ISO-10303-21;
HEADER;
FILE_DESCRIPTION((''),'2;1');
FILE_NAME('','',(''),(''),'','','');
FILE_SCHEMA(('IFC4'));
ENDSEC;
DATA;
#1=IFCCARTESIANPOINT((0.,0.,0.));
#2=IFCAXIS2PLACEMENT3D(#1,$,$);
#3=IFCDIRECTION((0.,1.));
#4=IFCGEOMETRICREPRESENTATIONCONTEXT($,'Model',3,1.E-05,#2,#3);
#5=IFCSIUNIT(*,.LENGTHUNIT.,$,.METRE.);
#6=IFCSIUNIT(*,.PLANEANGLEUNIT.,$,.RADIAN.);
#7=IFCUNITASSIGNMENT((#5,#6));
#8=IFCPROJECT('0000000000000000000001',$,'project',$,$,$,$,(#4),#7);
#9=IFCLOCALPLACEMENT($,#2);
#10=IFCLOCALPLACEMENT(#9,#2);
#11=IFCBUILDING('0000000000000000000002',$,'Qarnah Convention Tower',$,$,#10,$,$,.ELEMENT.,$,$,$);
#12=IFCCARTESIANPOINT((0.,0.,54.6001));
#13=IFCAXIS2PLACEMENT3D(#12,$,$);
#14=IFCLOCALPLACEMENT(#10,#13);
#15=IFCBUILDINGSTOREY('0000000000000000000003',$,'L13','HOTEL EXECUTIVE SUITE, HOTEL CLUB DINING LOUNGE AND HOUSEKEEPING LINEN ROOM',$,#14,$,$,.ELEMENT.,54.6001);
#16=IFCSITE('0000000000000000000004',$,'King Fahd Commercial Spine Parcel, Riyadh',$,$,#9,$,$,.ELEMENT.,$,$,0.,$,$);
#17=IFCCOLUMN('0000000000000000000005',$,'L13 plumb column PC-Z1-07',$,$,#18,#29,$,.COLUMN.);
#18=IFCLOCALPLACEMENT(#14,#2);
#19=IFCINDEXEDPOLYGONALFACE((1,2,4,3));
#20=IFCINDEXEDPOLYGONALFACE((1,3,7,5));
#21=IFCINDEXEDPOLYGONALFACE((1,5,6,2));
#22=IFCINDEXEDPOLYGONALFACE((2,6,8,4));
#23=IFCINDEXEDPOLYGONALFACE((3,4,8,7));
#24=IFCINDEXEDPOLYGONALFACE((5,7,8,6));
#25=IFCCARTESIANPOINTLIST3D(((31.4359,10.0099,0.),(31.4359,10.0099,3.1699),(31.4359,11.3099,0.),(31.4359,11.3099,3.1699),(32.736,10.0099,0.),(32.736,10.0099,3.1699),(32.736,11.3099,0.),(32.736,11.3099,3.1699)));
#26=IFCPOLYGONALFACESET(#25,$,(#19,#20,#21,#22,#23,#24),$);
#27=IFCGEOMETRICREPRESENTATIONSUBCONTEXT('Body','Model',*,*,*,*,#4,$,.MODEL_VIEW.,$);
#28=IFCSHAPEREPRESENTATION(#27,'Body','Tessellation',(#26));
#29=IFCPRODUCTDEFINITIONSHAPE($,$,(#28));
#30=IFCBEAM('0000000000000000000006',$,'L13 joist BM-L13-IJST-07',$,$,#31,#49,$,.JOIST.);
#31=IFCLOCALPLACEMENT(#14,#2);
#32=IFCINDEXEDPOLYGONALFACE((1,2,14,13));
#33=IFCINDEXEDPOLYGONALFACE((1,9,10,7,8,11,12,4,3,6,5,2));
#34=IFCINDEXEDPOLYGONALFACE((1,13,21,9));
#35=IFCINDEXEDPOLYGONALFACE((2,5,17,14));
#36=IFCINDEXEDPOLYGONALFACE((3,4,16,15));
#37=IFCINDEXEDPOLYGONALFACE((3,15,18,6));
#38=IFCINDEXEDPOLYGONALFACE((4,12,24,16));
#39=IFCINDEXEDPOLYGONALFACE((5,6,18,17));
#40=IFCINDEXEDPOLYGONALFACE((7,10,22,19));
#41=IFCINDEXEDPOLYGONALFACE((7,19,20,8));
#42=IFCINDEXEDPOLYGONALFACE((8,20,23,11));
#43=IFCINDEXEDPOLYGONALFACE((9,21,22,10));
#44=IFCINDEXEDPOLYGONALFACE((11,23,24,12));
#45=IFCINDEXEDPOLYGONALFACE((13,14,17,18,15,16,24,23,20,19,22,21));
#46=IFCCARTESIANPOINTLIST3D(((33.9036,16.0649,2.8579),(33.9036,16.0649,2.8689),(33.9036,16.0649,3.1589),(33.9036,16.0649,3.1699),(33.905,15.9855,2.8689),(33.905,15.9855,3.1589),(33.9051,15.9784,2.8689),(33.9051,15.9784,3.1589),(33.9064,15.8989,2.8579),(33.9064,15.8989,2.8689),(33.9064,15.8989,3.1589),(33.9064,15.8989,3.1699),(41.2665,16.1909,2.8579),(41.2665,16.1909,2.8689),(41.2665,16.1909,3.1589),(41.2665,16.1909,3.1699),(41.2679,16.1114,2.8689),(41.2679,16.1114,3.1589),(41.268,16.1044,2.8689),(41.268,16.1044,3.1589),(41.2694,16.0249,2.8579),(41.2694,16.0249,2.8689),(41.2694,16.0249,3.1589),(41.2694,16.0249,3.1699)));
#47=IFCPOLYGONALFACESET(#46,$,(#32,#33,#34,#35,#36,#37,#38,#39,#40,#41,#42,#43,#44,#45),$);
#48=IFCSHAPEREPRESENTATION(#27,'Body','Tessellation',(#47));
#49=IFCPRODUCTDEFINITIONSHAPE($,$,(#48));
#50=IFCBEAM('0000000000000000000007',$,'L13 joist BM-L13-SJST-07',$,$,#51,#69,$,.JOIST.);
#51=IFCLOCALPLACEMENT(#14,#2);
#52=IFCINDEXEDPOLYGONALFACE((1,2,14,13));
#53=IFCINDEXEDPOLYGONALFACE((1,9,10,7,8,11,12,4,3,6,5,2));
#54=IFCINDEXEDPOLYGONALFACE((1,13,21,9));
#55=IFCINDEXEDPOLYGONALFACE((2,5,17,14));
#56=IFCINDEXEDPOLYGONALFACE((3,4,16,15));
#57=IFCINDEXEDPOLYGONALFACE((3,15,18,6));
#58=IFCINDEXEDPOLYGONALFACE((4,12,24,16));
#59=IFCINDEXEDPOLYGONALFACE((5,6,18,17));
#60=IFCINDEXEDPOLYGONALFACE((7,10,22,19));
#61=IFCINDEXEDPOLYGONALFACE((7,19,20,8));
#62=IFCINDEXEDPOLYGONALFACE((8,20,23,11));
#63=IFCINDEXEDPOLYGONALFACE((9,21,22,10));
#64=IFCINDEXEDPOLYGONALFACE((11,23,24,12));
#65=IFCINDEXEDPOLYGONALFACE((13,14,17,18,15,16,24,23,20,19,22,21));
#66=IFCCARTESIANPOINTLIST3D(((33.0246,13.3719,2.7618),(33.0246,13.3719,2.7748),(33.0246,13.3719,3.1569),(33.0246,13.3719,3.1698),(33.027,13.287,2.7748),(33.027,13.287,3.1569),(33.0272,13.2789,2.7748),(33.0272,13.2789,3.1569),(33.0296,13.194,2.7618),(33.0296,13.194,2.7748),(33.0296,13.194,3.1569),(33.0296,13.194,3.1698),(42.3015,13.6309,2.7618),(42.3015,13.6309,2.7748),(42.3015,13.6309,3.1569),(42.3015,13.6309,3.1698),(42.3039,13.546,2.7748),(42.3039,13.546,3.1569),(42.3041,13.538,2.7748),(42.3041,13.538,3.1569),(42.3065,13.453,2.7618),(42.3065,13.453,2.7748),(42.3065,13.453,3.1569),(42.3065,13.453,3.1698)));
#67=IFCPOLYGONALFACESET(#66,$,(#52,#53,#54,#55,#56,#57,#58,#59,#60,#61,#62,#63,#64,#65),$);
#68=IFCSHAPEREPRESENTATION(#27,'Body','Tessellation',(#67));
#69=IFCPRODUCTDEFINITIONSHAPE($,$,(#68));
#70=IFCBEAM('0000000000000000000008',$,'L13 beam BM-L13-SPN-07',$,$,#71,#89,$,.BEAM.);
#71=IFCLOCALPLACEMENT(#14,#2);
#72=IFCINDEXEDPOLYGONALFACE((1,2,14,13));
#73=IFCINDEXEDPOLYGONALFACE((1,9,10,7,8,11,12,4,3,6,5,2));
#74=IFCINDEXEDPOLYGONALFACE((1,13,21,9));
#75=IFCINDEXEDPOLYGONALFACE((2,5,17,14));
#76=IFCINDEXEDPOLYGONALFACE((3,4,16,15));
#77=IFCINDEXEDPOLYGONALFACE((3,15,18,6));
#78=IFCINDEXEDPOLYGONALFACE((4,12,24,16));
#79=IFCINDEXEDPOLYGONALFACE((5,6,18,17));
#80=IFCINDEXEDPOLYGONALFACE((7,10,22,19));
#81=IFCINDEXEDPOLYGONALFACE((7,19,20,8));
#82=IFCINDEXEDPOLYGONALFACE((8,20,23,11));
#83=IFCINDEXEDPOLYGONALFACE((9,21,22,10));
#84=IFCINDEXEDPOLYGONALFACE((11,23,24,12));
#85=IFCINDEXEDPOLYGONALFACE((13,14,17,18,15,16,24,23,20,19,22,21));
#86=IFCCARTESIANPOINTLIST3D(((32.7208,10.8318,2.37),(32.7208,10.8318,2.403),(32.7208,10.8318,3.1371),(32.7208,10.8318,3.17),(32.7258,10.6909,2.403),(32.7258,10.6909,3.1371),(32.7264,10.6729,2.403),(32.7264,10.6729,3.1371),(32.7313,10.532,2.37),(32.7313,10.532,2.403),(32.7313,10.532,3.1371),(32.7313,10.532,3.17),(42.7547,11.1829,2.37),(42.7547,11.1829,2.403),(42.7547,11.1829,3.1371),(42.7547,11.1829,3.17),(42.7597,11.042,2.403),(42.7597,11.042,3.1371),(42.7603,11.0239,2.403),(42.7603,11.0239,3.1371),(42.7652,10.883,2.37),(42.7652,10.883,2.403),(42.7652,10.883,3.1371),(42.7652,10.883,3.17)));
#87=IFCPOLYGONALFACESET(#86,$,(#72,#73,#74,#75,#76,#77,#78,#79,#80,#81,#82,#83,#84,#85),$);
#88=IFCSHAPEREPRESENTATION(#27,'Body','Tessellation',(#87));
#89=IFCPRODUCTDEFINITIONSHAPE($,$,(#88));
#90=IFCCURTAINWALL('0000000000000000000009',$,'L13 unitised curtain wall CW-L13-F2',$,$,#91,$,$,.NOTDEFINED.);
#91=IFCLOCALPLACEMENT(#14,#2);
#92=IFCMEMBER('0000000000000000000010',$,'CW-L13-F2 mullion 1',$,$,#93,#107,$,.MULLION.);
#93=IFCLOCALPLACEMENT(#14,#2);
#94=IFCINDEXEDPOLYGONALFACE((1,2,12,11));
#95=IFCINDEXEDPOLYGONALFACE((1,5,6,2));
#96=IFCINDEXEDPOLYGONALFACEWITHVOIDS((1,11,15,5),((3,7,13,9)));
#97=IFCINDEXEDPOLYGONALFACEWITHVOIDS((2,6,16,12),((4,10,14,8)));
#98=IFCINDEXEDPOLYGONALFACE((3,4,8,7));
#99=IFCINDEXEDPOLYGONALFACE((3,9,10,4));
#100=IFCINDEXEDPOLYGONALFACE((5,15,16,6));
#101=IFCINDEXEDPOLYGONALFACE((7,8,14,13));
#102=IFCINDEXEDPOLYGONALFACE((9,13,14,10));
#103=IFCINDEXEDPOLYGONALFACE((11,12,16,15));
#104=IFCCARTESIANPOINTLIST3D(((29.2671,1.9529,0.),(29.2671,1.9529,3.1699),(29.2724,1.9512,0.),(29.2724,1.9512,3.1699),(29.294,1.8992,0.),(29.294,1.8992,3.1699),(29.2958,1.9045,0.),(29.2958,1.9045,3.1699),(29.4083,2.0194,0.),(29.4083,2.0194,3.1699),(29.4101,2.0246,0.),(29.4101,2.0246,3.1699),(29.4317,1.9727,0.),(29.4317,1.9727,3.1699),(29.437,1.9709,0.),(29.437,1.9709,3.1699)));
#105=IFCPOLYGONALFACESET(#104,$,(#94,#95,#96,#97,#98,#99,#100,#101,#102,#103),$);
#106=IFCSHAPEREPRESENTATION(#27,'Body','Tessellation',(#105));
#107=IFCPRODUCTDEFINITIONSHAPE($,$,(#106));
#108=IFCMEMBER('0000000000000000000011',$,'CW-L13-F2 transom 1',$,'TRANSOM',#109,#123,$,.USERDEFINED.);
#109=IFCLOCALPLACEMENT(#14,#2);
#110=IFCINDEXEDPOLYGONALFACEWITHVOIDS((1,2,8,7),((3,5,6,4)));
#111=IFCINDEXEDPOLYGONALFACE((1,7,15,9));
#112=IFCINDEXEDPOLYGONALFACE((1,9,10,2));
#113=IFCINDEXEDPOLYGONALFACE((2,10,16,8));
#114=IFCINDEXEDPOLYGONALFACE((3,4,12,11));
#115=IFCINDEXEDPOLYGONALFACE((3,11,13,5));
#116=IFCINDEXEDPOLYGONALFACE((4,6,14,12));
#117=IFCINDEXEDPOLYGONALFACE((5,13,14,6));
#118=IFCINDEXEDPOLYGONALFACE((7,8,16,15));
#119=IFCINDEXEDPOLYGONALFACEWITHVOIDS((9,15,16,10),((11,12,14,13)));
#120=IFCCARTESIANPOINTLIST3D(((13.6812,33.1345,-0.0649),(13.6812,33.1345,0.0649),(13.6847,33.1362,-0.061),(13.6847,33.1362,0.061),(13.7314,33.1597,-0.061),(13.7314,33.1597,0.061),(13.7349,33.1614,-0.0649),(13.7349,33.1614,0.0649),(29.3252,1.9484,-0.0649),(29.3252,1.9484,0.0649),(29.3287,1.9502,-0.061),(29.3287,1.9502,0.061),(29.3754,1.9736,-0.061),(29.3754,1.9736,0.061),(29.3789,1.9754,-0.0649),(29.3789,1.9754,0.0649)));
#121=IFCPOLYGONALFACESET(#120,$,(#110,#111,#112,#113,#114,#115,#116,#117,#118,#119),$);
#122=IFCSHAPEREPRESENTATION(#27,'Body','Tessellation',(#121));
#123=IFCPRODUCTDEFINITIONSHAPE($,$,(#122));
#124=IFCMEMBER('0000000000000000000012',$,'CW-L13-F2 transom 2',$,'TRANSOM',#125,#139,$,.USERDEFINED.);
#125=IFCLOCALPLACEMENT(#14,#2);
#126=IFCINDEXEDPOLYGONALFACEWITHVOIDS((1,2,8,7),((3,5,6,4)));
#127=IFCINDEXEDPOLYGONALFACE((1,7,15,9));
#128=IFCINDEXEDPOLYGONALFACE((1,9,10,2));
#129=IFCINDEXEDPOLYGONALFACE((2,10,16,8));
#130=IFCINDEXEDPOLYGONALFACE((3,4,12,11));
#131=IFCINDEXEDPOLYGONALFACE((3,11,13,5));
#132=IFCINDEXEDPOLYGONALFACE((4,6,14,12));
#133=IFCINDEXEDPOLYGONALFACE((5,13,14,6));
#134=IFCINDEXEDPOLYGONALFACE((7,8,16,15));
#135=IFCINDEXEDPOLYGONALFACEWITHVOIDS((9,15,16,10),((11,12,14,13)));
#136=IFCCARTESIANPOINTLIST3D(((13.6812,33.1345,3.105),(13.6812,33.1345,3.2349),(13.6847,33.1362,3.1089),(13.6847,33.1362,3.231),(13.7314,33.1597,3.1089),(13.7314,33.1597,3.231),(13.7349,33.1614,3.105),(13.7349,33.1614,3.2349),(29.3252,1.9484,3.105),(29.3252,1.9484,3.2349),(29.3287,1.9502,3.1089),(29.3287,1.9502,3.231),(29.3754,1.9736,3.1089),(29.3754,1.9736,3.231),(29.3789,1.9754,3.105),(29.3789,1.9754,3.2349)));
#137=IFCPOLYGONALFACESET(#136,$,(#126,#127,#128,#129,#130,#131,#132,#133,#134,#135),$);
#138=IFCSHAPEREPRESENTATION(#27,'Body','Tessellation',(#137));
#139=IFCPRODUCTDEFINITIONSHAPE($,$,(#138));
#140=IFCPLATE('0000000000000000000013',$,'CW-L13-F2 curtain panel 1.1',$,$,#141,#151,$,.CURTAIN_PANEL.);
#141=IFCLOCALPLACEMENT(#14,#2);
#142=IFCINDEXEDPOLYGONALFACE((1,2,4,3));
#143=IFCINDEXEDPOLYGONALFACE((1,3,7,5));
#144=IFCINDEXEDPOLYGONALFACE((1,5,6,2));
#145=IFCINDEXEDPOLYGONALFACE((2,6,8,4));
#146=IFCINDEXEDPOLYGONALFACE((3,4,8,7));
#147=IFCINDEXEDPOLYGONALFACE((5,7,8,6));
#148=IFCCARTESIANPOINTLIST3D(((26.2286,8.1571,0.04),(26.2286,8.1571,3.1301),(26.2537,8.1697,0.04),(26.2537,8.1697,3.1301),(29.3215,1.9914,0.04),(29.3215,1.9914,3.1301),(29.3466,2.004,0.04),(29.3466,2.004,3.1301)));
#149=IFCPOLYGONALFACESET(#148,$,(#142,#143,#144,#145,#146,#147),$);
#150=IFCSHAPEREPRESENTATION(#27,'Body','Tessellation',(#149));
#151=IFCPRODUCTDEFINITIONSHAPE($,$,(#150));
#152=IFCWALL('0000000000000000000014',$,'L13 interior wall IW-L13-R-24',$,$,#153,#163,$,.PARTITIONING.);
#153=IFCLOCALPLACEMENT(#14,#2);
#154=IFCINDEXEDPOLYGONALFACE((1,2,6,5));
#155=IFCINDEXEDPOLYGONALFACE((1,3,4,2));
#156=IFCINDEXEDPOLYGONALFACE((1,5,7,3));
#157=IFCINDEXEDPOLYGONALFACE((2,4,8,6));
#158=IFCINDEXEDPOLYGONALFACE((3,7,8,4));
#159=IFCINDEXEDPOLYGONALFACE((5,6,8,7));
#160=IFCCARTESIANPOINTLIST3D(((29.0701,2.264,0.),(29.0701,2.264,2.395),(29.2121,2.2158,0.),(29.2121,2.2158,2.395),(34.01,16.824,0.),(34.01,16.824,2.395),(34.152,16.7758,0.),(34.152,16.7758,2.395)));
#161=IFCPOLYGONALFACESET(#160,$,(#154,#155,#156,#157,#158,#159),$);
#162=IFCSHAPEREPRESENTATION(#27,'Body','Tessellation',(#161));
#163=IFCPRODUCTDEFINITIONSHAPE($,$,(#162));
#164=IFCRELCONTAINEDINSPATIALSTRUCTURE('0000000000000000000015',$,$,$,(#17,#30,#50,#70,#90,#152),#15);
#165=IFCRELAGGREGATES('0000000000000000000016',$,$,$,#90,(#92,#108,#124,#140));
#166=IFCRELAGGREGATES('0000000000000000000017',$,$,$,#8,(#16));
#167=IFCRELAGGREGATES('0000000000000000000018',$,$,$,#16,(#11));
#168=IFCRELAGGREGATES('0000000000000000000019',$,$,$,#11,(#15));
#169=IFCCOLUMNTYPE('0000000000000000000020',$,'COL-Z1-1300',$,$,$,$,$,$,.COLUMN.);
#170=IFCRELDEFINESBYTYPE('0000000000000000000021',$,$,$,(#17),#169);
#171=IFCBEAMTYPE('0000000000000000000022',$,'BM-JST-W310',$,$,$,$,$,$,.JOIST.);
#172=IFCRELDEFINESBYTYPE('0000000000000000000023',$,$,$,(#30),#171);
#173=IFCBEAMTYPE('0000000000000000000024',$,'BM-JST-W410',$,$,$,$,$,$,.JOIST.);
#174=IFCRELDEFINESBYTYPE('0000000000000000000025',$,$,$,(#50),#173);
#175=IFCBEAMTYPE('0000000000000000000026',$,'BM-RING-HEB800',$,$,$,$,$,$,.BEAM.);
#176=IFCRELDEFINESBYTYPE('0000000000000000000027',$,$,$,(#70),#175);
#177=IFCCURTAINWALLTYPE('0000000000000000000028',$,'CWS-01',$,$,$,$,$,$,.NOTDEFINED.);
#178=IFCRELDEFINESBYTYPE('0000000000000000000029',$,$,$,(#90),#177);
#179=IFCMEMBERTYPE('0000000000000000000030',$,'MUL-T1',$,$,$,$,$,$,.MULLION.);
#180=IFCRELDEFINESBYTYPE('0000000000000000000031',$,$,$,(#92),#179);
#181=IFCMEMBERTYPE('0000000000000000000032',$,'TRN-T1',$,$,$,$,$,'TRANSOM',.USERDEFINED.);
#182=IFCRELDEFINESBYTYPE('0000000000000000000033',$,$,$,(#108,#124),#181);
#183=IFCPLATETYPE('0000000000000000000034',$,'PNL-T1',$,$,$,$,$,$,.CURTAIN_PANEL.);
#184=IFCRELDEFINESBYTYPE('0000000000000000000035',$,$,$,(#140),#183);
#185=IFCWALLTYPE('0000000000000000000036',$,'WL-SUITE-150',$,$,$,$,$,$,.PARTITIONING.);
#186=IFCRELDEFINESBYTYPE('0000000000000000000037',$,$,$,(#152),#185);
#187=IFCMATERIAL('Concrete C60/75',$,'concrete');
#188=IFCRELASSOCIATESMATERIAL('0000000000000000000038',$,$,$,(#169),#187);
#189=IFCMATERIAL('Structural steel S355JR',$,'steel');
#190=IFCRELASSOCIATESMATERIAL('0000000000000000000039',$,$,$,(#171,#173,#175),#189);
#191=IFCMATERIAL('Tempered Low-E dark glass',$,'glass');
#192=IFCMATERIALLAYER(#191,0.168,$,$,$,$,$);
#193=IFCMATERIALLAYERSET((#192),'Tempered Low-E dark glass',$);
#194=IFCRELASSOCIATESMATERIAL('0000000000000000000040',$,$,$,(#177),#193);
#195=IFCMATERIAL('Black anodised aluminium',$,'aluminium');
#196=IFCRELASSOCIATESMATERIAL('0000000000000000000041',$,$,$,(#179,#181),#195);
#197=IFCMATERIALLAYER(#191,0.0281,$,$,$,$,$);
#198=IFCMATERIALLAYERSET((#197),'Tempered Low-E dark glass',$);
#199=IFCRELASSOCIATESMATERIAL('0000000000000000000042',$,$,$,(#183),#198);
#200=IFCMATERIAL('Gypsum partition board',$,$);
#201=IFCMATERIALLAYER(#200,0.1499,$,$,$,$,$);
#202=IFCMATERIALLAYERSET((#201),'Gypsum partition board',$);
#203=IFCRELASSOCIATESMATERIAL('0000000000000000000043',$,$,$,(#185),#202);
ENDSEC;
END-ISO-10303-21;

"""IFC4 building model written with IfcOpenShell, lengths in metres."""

from ifc_helpers import new_model, si_unit, direction, frame, frame_2d, origin, origin_2d, place, context, subcontext, project, spatial, rectangle, hollow_rectangle, i_section, extrude, material, layer, layer_set, material_profile, profile_set, type_object, element, aggregate, save


model = new_model("IFC4")

# Units and contexts
model_context = context("Model", 3, precision=1e-05, world=origin(), true_north=direction((0.0, 1.0)))
body_context = subcontext(model_context, "Body", "Model", "MODEL_VIEW")
ifc_project = project(units=[si_unit("LENGTHUNIT", "METRE"), si_unit("PLANEANGLEUNIT", "RADIAN")], contexts=[model_context])

# Site, building, storey
site_placement = place(None, origin())
site = spatial("IfcSite", under=ifc_project, at=site_placement, Name="King Fahd Commercial Spine Parcel, Riyadh", CompositionType="ELEMENT", RefElevation=0.0)
building_placement = place(site_placement, origin())
building = spatial("IfcBuilding", under=site, at=building_placement, Name="Qarnah Convention Tower", CompositionType="ELEMENT")
storey_placement = place(building_placement, frame((0.0, 0.0, 54.6001)))
storey = spatial("IfcBuildingStorey", under=building, at=storey_placement, Name="L13", Description="HOTEL EXECUTIVE SUITE, HOTEL CLUB DINING LOUNGE AND HOUSEKEEPING LINEN ROOM", CompositionType="ELEMENT", Elevation=54.6001)

# Column
ifc_material_1 = material(Name="Concrete C60/75", Category="concrete")
ifc_material_profile_1 = material_profile(ifc_material_1, rectangle(XDim=1.3, YDim=1.3, at=origin_2d()), Name="RC-COL-1300X1300")
ifc_profile_set_1 = profile_set([ifc_material_profile_1], Name="Concrete C60/75")
column_type = type_object("IfcColumnType", Name="COL-Z1-1300", PredefinedType="COLUMN", material=ifc_profile_set_1)
column_placement = place(storey_placement, frame((32.0859, 10.6599, 0.0), z_axis=(0.0, 0.0, 1.0), x_axis=(1.0, 0.0, 0.0)))
element("IfcColumn", 1, at=column_placement, inside=storey, type_object=column_type, Name="L13 plumb column PC-Z1-07", PredefinedType="COLUMN", context=body_context, shape_type="SweptSolid", body=[
    extrude(rectangle(XDim=1.3, YDim=1.3, at=origin_2d()), origin(), (0.0, 0.0, 1.0), 3.1699),
])

# Beams
ifc_material_2 = material(Name="Structural steel S355JR", Category="steel")
ifc_material_profile_2 = material_profile(ifc_material_2, i_section(OverallWidth=0.166, OverallDepth=0.312, WebThickness=0.0071, FlangeThickness=0.011, at=origin_2d()), Name="W310X45")
ifc_profile_set_2 = profile_set([ifc_material_profile_2], Name="Structural steel S355JR")
beam_type_1 = type_object("IfcBeamType", Name="BM-JST-W310", PredefinedType="JOIST", material=ifc_profile_set_2)
beam_1_placement = place(storey_placement, frame((33.905, 15.9819, 3.0139), z_axis=(0.999854, 0.017107, 0.0), x_axis=(-0.017107, 0.999854, 0.0)))
element("IfcBeam", 2, at=beam_1_placement, inside=storey, type_object=beam_type_1, Name="L13 joist BM-L13-IJST-07", PredefinedType="JOIST", context=body_context, shape_type="SweptSolid", body=[
    extrude(i_section(OverallWidth=0.166, OverallDepth=0.312, WebThickness=0.0071, FlangeThickness=0.011, at=origin_2d()), origin(), (0.0, 0.0, 1.0), 7.364),
])
ifc_material_profile_3 = material_profile(ifc_material_2, i_section(OverallWidth=0.178, OverallDepth=0.408, WebThickness=0.0081, FlangeThickness=0.0129, at=origin_2d()), Name="W410X60")
ifc_profile_set_3 = profile_set([ifc_material_profile_3], Name="Structural steel S355JR")
beam_type_2 = type_object("IfcBeamType", Name="BM-JST-W410", PredefinedType="JOIST", material=ifc_profile_set_3)
beam_2_placement = place(storey_placement, frame((33.0271, 13.283, 2.9658), z_axis=(0.99961, 0.027912, 0.0), x_axis=(-0.027912, 0.99961, 0.0)))
element("IfcBeam", 3, at=beam_2_placement, inside=storey, type_object=beam_type_2, Name="L13 joist BM-L13-SJST-07", PredefinedType="JOIST", context=body_context, shape_type="SweptSolid", body=[
    extrude(i_section(OverallWidth=0.178, OverallDepth=0.408, WebThickness=0.0081, FlangeThickness=0.0129, at=origin_2d()), origin(), (0.0, 0.0, 1.0), 9.2805),
])
ifc_material_profile_4 = material_profile(ifc_material_2, i_section(OverallWidth=0.3, OverallDepth=0.8, WebThickness=0.0181, FlangeThickness=0.033, at=origin_2d()), Name="HEB800")
ifc_profile_set_4 = profile_set([ifc_material_profile_4], Name="Structural steel S355JR")
beam_type_3 = type_object("IfcBeamType", Name="BM-RING-HEB800", PredefinedType="BEAM", material=ifc_profile_set_4)
beam_3_placement = place(storey_placement, frame((32.7261, 10.6819, 2.77), z_axis=(0.999388, 0.034967, 0.0), x_axis=(-0.034967, 0.999388, 0.0)))
element("IfcBeam", 4, at=beam_3_placement, inside=storey, type_object=beam_type_3, Name="L13 beam BM-L13-SPN-07", PredefinedType="BEAM", context=body_context, shape_type="SweptSolid", body=[
    extrude(i_section(OverallWidth=0.3, OverallDepth=0.8, WebThickness=0.0181, FlangeThickness=0.033, at=origin_2d()), origin(), (0.0, 0.0, 1.0), 10.04),
])

# Curtain wall, members, plate
ifc_material_3 = material(Name="Tempered Low-E dark glass", Category="glass")
ifc_layer_1 = layer(ifc_material_3, 0.168)
ifc_layer_set_1 = layer_set([ifc_layer_1], Name="Tempered Low-E dark glass")
curtain_wall_type = type_object("IfcCurtainWallType", Name="CWS-01", PredefinedType="NOTDEFINED", material=ifc_layer_set_1)
curtain_wall_placement = place(storey_placement, origin())
curtain_wall = element("IfcCurtainWall", 5, at=curtain_wall_placement, inside=storey, type_object=curtain_wall_type, Name="L13 unitised curtain wall CW-L13-F2", PredefinedType="NOTDEFINED")
ifc_material_4 = material(Name="Black anodised aluminium", Category="aluminium")
ifc_material_profile_5 = material_profile(ifc_material_4, hollow_rectangle(XDim=0.0601, YDim=0.1599, WallThickness=0.0039, at=origin_2d()), Name="MUL-60X160")
ifc_profile_set_5 = profile_set([ifc_material_profile_5], Name="Black anodised aluminium")
member_type_1 = type_object("IfcMemberType", Name="MUL-T1", PredefinedType="MULLION", material=ifc_profile_set_5)
member_1_placement = place(storey_placement, frame((29.3521, 1.9619, 0.0), z_axis=(0.0, 0.0, 1.0), x_axis=(-0.448383, 0.893842, 0.0)))
member_1 = element("IfcMember", 6, at=member_1_placement, type_object=member_type_1, Name="CW-L13-F2 mullion 1", PredefinedType="MULLION", context=body_context, shape_type="SweptSolid", body=[
    extrude(hollow_rectangle(XDim=0.0601, YDim=0.1599, WallThickness=0.0039, at=origin_2d()), origin(), (0.0, 0.0, 1.0), 3.1699),
])
ifc_material_profile_6 = material_profile(ifc_material_4, hollow_rectangle(XDim=0.0601, YDim=0.1299, WallThickness=0.0039, at=origin_2d()), Name="TRN-60X130")
ifc_profile_set_6 = profile_set([ifc_material_profile_6], Name="Black anodised aluminium")
member_type_2 = type_object("IfcMemberType", Name="TRN-T1", ElementType="TRANSOM", PredefinedType="USERDEFINED", material=ifc_profile_set_6)
member_2_placement = place(storey_placement, frame((29.3521, 1.9619, 0.0), z_axis=(-0.448383, 0.893841, 0.0), x_axis=(-0.893841, -0.448383, 0.0)))
member_2 = element("IfcMember", 7, at=member_2_placement, type_object=member_type_2, Name="CW-L13-F2 transom 1", ObjectType="TRANSOM", PredefinedType="USERDEFINED", context=body_context, shape_type="SweptSolid", body=[
    extrude(hollow_rectangle(XDim=0.0601, YDim=0.1299, WallThickness=0.0039, at=origin_2d()), origin(), (0.0, 0.0, 1.0), 34.8899),
])
member_3_placement = place(storey_placement, frame((29.3521, 1.9619, 3.1699), z_axis=(-0.448383, 0.893841, 0.0), x_axis=(-0.893841, -0.448383, 0.0)))
member_3 = element("IfcMember", 8, at=member_3_placement, type_object=member_type_2, Name="CW-L13-F2 transom 2", ObjectType="TRANSOM", PredefinedType="USERDEFINED", context=body_context, shape_type="SweptSolid", body=[
    extrude(hollow_rectangle(XDim=0.0601, YDim=0.1299, WallThickness=0.0039, at=origin_2d()), origin(), (0.0, 0.0, 1.0), 34.8899),
])
ifc_layer_2 = layer(ifc_material_3, 0.0281)
ifc_layer_set_2 = layer_set([ifc_layer_2], Name="Tempered Low-E dark glass")
plate_type = type_object("IfcPlateType", Name="PNL-T1", PredefinedType="CURTAIN_PANEL", material=ifc_layer_set_2)
plate_placement = place(storey_placement, frame((27.7876, 5.0806, 0.04), z_axis=(0.0, 0.0, 1.0), x_axis=(-0.448383, 0.893842, 0.0)))
plate = element("IfcPlate", 9, at=plate_placement, type_object=plate_type, Name="CW-L13-F2 curtain panel 1.1", PredefinedType="CURTAIN_PANEL", context=body_context, shape_type="SweptSolid", body=[
    extrude(rectangle(XDim=6.8979, YDim=0.0281, at=origin_2d()), origin(), (0.0, 0.0, 1.0), 3.0901),
])
aggregate(curtain_wall, [member_1, member_2, member_3, plate])

# Wall
ifc_material_5 = material(Name="Gypsum partition board")
ifc_layer_3 = layer(ifc_material_5, 0.1499)
ifc_layer_set_3 = layer_set([ifc_layer_3], Name="Gypsum partition board")
wall_type_1 = type_object("IfcWallType", Name="WL-SUITE-150", PredefinedType="PARTITIONING", material=ifc_layer_set_3)
wall_1_placement = place(storey_placement, frame((29.1411, 2.24, 0.0), z_axis=(0.0, 0.0, 1.0), x_axis=(0.321292, 0.94698, 0.0)))
element("IfcWall", 10, at=wall_1_placement, inside=storey, type_object=wall_type_1, Name="L13 interior wall IW-L13-R-24", PredefinedType="PARTITIONING", context=body_context, shape_type="SweptSolid", body=[
    extrude(rectangle(XDim=15.3752, YDim=0.1499, at=frame_2d((7.6875, 0.0))), origin(), (0.0, 0.0, 1.0), 2.395),
])

save(model, "model.ifc")
